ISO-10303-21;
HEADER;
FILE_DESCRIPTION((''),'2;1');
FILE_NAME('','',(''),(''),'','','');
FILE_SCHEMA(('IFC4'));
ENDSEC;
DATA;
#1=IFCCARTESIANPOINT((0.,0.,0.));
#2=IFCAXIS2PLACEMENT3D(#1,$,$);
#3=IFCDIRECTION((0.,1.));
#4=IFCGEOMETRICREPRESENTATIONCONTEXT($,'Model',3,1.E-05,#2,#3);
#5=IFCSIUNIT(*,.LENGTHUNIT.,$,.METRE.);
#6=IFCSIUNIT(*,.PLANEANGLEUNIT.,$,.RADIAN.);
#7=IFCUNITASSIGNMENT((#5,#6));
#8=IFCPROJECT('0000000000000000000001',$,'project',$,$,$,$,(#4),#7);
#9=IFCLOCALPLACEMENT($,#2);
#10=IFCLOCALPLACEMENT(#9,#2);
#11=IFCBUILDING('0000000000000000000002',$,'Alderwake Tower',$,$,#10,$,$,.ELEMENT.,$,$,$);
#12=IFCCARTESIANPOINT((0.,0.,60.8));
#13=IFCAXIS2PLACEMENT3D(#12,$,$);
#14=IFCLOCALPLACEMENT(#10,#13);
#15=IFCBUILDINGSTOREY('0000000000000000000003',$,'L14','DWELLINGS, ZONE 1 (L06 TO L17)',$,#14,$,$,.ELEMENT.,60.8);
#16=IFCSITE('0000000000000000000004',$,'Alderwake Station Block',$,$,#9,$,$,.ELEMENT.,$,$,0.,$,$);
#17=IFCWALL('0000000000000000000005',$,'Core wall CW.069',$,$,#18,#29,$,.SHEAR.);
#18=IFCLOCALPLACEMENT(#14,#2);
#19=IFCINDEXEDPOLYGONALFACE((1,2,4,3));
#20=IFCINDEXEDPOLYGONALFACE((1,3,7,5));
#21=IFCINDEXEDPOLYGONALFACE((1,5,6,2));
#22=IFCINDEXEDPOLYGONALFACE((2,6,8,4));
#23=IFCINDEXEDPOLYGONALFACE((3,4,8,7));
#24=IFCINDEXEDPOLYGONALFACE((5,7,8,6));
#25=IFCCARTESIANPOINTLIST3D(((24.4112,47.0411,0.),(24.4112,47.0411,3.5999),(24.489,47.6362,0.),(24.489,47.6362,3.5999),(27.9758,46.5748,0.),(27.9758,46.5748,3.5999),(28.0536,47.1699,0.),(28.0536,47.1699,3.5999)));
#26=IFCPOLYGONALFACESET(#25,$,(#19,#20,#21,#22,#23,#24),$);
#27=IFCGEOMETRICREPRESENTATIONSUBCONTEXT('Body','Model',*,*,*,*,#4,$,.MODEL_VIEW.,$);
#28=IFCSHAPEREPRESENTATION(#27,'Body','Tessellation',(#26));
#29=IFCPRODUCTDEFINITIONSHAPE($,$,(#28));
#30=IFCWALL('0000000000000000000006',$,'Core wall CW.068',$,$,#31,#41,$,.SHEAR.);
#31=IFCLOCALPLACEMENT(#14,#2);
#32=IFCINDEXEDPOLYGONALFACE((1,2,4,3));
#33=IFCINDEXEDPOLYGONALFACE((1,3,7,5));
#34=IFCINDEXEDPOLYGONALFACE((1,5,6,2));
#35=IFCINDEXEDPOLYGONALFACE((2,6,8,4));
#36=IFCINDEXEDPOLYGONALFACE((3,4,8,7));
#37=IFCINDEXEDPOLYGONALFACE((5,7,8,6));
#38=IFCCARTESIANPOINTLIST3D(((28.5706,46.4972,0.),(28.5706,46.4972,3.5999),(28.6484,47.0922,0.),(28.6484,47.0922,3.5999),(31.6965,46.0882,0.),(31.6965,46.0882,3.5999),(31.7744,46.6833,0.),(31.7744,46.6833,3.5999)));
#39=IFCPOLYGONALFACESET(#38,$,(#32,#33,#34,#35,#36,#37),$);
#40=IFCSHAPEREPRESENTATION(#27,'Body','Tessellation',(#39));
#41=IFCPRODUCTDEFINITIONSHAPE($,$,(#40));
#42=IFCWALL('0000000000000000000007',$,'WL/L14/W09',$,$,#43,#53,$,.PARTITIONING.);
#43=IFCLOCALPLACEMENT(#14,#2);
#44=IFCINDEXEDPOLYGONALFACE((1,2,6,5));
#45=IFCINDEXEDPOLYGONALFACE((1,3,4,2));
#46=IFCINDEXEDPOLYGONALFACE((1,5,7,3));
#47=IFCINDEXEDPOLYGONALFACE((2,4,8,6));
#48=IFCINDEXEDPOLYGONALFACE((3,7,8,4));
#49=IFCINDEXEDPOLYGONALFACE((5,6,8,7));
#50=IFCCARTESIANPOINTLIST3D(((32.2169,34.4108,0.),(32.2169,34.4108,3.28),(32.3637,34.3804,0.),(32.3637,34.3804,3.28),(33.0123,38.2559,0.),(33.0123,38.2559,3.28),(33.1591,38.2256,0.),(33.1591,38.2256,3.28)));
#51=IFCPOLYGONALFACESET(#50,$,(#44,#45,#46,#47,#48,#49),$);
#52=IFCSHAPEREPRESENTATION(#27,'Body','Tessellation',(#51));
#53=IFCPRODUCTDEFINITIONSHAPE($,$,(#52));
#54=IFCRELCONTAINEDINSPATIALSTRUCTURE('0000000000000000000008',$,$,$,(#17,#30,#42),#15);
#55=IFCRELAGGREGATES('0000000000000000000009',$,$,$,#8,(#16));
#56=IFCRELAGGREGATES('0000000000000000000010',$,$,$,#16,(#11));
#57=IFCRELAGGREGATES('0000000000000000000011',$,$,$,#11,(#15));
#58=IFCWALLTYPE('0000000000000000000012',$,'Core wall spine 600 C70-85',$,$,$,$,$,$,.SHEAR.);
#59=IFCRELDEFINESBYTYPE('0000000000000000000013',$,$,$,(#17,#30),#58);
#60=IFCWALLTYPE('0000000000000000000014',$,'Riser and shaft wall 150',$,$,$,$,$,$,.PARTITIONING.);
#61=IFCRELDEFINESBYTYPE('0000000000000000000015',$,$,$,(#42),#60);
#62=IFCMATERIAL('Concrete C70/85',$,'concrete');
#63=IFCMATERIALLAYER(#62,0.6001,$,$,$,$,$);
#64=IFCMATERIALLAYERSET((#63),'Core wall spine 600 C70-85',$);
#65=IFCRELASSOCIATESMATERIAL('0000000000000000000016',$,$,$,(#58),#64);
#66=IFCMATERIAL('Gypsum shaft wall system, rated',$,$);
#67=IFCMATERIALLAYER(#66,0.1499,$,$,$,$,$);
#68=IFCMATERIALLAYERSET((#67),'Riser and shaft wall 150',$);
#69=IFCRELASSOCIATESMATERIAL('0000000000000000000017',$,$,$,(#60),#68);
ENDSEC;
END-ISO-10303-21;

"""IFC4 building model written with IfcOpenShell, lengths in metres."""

from ifc_helpers import new_model, si_unit, direction, frame, frame_2d, origin, place, context, subcontext, project, spatial, rectangle, extrude, material, layer, layer_set, type_object, element, save


model = new_model("IFC4")

# Units and contexts
model_context = context("Model", 3, precision=1e-05, world=origin(), true_north=direction((0.0, 1.0)))
body_context = subcontext(model_context, "Body", "Model", "MODEL_VIEW")
ifc_project = project(units=[si_unit("LENGTHUNIT", "METRE"), si_unit("PLANEANGLEUNIT", "RADIAN")], contexts=[model_context])

# Site, building, storey
site_placement = place(None, origin())
site = spatial("IfcSite", under=ifc_project, at=site_placement, Name="Alderwake Station Block", CompositionType="ELEMENT", RefElevation=0.0)
building_placement = place(site_placement, origin())
building = spatial("IfcBuilding", under=site, at=building_placement, Name="Alderwake Tower", CompositionType="ELEMENT")
storey_placement = place(building_placement, frame((0.0, 0.0, 60.8)))
storey = spatial("IfcBuildingStorey", under=building, at=storey_placement, Name="L14", Description="DWELLINGS, ZONE 1 (L06 TO L17)", CompositionType="ELEMENT", Elevation=60.8)

# Shared definitions
ifc_material_1 = material(Name="Concrete C70/85", Category="concrete")
ifc_layer_1 = layer(ifc_material_1, 0.6001)
ifc_layer_set_1 = layer_set([ifc_layer_1], Name="Core wall spine 600 C70-85")
wall_type_1 = type_object("IfcWallType", Name="Core wall spine 600 C70-85", PredefinedType="SHEAR", material=ifc_layer_set_1)

# Walls
wall_1_placement = place(storey_placement, frame((24.4502, 47.3386, 0.0), z_axis=(0.0, 0.0, 1.0), x_axis=(0.991552, -0.129708, 0.0)))
element("IfcWall", 1, at=wall_1_placement, inside=storey, type_object=wall_type_1, Name="Core wall CW.069", PredefinedType="SHEAR", context=body_context, shape_type="SweptSolid", body=[
    extrude(rectangle(XDim=3.595, YDim=0.6001, at=frame_2d((1.7974, 0.0))), origin(), (0.0, 0.0, 1.0), 3.5999),
])
wall_2_placement = place(storey_placement, frame((28.6096, 46.7947, 0.0), z_axis=(0.0, 0.0, 1.0), x_axis=(0.991552, -0.129713, 0.0)))
element("IfcWall", 2, at=wall_2_placement, inside=storey, type_object=wall_type_1, Name="Core wall CW.068", PredefinedType="SHEAR", context=body_context, shape_type="SweptSolid", body=[
    extrude(rectangle(XDim=3.1526, YDim=0.6001, at=frame_2d((1.5762, 0.0))), origin(), (0.0, 0.0, 1.0), 3.5999),
])
ifc_material_2 = material(Name="Gypsum shaft wall system, rated")
ifc_layer_2 = layer(ifc_material_2, 0.1499)
ifc_layer_set_2 = layer_set([ifc_layer_2], Name="Riser and shaft wall 150")
wall_type_2 = type_object("IfcWallType", Name="Riser and shaft wall 150", PredefinedType="PARTITIONING", material=ifc_layer_set_2)
wall_3_placement = place(storey_placement, frame((32.2903, 34.3955, 0.0), z_axis=(0.0, 0.0, 1.0), x_axis=(0.202569, 0.979268, 0.0)))
element("IfcWall", 3, at=wall_3_placement, inside=storey, type_object=wall_type_2, Name="WL/L14/W09", PredefinedType="PARTITIONING", context=body_context, shape_type="SweptSolid", body=[
    extrude(rectangle(XDim=3.9265, YDim=0.1499, at=frame_2d((1.9634, 0.0))), origin(), (0.0, 0.0, 1.0), 3.28),
])

save(model, "model.ifc")
